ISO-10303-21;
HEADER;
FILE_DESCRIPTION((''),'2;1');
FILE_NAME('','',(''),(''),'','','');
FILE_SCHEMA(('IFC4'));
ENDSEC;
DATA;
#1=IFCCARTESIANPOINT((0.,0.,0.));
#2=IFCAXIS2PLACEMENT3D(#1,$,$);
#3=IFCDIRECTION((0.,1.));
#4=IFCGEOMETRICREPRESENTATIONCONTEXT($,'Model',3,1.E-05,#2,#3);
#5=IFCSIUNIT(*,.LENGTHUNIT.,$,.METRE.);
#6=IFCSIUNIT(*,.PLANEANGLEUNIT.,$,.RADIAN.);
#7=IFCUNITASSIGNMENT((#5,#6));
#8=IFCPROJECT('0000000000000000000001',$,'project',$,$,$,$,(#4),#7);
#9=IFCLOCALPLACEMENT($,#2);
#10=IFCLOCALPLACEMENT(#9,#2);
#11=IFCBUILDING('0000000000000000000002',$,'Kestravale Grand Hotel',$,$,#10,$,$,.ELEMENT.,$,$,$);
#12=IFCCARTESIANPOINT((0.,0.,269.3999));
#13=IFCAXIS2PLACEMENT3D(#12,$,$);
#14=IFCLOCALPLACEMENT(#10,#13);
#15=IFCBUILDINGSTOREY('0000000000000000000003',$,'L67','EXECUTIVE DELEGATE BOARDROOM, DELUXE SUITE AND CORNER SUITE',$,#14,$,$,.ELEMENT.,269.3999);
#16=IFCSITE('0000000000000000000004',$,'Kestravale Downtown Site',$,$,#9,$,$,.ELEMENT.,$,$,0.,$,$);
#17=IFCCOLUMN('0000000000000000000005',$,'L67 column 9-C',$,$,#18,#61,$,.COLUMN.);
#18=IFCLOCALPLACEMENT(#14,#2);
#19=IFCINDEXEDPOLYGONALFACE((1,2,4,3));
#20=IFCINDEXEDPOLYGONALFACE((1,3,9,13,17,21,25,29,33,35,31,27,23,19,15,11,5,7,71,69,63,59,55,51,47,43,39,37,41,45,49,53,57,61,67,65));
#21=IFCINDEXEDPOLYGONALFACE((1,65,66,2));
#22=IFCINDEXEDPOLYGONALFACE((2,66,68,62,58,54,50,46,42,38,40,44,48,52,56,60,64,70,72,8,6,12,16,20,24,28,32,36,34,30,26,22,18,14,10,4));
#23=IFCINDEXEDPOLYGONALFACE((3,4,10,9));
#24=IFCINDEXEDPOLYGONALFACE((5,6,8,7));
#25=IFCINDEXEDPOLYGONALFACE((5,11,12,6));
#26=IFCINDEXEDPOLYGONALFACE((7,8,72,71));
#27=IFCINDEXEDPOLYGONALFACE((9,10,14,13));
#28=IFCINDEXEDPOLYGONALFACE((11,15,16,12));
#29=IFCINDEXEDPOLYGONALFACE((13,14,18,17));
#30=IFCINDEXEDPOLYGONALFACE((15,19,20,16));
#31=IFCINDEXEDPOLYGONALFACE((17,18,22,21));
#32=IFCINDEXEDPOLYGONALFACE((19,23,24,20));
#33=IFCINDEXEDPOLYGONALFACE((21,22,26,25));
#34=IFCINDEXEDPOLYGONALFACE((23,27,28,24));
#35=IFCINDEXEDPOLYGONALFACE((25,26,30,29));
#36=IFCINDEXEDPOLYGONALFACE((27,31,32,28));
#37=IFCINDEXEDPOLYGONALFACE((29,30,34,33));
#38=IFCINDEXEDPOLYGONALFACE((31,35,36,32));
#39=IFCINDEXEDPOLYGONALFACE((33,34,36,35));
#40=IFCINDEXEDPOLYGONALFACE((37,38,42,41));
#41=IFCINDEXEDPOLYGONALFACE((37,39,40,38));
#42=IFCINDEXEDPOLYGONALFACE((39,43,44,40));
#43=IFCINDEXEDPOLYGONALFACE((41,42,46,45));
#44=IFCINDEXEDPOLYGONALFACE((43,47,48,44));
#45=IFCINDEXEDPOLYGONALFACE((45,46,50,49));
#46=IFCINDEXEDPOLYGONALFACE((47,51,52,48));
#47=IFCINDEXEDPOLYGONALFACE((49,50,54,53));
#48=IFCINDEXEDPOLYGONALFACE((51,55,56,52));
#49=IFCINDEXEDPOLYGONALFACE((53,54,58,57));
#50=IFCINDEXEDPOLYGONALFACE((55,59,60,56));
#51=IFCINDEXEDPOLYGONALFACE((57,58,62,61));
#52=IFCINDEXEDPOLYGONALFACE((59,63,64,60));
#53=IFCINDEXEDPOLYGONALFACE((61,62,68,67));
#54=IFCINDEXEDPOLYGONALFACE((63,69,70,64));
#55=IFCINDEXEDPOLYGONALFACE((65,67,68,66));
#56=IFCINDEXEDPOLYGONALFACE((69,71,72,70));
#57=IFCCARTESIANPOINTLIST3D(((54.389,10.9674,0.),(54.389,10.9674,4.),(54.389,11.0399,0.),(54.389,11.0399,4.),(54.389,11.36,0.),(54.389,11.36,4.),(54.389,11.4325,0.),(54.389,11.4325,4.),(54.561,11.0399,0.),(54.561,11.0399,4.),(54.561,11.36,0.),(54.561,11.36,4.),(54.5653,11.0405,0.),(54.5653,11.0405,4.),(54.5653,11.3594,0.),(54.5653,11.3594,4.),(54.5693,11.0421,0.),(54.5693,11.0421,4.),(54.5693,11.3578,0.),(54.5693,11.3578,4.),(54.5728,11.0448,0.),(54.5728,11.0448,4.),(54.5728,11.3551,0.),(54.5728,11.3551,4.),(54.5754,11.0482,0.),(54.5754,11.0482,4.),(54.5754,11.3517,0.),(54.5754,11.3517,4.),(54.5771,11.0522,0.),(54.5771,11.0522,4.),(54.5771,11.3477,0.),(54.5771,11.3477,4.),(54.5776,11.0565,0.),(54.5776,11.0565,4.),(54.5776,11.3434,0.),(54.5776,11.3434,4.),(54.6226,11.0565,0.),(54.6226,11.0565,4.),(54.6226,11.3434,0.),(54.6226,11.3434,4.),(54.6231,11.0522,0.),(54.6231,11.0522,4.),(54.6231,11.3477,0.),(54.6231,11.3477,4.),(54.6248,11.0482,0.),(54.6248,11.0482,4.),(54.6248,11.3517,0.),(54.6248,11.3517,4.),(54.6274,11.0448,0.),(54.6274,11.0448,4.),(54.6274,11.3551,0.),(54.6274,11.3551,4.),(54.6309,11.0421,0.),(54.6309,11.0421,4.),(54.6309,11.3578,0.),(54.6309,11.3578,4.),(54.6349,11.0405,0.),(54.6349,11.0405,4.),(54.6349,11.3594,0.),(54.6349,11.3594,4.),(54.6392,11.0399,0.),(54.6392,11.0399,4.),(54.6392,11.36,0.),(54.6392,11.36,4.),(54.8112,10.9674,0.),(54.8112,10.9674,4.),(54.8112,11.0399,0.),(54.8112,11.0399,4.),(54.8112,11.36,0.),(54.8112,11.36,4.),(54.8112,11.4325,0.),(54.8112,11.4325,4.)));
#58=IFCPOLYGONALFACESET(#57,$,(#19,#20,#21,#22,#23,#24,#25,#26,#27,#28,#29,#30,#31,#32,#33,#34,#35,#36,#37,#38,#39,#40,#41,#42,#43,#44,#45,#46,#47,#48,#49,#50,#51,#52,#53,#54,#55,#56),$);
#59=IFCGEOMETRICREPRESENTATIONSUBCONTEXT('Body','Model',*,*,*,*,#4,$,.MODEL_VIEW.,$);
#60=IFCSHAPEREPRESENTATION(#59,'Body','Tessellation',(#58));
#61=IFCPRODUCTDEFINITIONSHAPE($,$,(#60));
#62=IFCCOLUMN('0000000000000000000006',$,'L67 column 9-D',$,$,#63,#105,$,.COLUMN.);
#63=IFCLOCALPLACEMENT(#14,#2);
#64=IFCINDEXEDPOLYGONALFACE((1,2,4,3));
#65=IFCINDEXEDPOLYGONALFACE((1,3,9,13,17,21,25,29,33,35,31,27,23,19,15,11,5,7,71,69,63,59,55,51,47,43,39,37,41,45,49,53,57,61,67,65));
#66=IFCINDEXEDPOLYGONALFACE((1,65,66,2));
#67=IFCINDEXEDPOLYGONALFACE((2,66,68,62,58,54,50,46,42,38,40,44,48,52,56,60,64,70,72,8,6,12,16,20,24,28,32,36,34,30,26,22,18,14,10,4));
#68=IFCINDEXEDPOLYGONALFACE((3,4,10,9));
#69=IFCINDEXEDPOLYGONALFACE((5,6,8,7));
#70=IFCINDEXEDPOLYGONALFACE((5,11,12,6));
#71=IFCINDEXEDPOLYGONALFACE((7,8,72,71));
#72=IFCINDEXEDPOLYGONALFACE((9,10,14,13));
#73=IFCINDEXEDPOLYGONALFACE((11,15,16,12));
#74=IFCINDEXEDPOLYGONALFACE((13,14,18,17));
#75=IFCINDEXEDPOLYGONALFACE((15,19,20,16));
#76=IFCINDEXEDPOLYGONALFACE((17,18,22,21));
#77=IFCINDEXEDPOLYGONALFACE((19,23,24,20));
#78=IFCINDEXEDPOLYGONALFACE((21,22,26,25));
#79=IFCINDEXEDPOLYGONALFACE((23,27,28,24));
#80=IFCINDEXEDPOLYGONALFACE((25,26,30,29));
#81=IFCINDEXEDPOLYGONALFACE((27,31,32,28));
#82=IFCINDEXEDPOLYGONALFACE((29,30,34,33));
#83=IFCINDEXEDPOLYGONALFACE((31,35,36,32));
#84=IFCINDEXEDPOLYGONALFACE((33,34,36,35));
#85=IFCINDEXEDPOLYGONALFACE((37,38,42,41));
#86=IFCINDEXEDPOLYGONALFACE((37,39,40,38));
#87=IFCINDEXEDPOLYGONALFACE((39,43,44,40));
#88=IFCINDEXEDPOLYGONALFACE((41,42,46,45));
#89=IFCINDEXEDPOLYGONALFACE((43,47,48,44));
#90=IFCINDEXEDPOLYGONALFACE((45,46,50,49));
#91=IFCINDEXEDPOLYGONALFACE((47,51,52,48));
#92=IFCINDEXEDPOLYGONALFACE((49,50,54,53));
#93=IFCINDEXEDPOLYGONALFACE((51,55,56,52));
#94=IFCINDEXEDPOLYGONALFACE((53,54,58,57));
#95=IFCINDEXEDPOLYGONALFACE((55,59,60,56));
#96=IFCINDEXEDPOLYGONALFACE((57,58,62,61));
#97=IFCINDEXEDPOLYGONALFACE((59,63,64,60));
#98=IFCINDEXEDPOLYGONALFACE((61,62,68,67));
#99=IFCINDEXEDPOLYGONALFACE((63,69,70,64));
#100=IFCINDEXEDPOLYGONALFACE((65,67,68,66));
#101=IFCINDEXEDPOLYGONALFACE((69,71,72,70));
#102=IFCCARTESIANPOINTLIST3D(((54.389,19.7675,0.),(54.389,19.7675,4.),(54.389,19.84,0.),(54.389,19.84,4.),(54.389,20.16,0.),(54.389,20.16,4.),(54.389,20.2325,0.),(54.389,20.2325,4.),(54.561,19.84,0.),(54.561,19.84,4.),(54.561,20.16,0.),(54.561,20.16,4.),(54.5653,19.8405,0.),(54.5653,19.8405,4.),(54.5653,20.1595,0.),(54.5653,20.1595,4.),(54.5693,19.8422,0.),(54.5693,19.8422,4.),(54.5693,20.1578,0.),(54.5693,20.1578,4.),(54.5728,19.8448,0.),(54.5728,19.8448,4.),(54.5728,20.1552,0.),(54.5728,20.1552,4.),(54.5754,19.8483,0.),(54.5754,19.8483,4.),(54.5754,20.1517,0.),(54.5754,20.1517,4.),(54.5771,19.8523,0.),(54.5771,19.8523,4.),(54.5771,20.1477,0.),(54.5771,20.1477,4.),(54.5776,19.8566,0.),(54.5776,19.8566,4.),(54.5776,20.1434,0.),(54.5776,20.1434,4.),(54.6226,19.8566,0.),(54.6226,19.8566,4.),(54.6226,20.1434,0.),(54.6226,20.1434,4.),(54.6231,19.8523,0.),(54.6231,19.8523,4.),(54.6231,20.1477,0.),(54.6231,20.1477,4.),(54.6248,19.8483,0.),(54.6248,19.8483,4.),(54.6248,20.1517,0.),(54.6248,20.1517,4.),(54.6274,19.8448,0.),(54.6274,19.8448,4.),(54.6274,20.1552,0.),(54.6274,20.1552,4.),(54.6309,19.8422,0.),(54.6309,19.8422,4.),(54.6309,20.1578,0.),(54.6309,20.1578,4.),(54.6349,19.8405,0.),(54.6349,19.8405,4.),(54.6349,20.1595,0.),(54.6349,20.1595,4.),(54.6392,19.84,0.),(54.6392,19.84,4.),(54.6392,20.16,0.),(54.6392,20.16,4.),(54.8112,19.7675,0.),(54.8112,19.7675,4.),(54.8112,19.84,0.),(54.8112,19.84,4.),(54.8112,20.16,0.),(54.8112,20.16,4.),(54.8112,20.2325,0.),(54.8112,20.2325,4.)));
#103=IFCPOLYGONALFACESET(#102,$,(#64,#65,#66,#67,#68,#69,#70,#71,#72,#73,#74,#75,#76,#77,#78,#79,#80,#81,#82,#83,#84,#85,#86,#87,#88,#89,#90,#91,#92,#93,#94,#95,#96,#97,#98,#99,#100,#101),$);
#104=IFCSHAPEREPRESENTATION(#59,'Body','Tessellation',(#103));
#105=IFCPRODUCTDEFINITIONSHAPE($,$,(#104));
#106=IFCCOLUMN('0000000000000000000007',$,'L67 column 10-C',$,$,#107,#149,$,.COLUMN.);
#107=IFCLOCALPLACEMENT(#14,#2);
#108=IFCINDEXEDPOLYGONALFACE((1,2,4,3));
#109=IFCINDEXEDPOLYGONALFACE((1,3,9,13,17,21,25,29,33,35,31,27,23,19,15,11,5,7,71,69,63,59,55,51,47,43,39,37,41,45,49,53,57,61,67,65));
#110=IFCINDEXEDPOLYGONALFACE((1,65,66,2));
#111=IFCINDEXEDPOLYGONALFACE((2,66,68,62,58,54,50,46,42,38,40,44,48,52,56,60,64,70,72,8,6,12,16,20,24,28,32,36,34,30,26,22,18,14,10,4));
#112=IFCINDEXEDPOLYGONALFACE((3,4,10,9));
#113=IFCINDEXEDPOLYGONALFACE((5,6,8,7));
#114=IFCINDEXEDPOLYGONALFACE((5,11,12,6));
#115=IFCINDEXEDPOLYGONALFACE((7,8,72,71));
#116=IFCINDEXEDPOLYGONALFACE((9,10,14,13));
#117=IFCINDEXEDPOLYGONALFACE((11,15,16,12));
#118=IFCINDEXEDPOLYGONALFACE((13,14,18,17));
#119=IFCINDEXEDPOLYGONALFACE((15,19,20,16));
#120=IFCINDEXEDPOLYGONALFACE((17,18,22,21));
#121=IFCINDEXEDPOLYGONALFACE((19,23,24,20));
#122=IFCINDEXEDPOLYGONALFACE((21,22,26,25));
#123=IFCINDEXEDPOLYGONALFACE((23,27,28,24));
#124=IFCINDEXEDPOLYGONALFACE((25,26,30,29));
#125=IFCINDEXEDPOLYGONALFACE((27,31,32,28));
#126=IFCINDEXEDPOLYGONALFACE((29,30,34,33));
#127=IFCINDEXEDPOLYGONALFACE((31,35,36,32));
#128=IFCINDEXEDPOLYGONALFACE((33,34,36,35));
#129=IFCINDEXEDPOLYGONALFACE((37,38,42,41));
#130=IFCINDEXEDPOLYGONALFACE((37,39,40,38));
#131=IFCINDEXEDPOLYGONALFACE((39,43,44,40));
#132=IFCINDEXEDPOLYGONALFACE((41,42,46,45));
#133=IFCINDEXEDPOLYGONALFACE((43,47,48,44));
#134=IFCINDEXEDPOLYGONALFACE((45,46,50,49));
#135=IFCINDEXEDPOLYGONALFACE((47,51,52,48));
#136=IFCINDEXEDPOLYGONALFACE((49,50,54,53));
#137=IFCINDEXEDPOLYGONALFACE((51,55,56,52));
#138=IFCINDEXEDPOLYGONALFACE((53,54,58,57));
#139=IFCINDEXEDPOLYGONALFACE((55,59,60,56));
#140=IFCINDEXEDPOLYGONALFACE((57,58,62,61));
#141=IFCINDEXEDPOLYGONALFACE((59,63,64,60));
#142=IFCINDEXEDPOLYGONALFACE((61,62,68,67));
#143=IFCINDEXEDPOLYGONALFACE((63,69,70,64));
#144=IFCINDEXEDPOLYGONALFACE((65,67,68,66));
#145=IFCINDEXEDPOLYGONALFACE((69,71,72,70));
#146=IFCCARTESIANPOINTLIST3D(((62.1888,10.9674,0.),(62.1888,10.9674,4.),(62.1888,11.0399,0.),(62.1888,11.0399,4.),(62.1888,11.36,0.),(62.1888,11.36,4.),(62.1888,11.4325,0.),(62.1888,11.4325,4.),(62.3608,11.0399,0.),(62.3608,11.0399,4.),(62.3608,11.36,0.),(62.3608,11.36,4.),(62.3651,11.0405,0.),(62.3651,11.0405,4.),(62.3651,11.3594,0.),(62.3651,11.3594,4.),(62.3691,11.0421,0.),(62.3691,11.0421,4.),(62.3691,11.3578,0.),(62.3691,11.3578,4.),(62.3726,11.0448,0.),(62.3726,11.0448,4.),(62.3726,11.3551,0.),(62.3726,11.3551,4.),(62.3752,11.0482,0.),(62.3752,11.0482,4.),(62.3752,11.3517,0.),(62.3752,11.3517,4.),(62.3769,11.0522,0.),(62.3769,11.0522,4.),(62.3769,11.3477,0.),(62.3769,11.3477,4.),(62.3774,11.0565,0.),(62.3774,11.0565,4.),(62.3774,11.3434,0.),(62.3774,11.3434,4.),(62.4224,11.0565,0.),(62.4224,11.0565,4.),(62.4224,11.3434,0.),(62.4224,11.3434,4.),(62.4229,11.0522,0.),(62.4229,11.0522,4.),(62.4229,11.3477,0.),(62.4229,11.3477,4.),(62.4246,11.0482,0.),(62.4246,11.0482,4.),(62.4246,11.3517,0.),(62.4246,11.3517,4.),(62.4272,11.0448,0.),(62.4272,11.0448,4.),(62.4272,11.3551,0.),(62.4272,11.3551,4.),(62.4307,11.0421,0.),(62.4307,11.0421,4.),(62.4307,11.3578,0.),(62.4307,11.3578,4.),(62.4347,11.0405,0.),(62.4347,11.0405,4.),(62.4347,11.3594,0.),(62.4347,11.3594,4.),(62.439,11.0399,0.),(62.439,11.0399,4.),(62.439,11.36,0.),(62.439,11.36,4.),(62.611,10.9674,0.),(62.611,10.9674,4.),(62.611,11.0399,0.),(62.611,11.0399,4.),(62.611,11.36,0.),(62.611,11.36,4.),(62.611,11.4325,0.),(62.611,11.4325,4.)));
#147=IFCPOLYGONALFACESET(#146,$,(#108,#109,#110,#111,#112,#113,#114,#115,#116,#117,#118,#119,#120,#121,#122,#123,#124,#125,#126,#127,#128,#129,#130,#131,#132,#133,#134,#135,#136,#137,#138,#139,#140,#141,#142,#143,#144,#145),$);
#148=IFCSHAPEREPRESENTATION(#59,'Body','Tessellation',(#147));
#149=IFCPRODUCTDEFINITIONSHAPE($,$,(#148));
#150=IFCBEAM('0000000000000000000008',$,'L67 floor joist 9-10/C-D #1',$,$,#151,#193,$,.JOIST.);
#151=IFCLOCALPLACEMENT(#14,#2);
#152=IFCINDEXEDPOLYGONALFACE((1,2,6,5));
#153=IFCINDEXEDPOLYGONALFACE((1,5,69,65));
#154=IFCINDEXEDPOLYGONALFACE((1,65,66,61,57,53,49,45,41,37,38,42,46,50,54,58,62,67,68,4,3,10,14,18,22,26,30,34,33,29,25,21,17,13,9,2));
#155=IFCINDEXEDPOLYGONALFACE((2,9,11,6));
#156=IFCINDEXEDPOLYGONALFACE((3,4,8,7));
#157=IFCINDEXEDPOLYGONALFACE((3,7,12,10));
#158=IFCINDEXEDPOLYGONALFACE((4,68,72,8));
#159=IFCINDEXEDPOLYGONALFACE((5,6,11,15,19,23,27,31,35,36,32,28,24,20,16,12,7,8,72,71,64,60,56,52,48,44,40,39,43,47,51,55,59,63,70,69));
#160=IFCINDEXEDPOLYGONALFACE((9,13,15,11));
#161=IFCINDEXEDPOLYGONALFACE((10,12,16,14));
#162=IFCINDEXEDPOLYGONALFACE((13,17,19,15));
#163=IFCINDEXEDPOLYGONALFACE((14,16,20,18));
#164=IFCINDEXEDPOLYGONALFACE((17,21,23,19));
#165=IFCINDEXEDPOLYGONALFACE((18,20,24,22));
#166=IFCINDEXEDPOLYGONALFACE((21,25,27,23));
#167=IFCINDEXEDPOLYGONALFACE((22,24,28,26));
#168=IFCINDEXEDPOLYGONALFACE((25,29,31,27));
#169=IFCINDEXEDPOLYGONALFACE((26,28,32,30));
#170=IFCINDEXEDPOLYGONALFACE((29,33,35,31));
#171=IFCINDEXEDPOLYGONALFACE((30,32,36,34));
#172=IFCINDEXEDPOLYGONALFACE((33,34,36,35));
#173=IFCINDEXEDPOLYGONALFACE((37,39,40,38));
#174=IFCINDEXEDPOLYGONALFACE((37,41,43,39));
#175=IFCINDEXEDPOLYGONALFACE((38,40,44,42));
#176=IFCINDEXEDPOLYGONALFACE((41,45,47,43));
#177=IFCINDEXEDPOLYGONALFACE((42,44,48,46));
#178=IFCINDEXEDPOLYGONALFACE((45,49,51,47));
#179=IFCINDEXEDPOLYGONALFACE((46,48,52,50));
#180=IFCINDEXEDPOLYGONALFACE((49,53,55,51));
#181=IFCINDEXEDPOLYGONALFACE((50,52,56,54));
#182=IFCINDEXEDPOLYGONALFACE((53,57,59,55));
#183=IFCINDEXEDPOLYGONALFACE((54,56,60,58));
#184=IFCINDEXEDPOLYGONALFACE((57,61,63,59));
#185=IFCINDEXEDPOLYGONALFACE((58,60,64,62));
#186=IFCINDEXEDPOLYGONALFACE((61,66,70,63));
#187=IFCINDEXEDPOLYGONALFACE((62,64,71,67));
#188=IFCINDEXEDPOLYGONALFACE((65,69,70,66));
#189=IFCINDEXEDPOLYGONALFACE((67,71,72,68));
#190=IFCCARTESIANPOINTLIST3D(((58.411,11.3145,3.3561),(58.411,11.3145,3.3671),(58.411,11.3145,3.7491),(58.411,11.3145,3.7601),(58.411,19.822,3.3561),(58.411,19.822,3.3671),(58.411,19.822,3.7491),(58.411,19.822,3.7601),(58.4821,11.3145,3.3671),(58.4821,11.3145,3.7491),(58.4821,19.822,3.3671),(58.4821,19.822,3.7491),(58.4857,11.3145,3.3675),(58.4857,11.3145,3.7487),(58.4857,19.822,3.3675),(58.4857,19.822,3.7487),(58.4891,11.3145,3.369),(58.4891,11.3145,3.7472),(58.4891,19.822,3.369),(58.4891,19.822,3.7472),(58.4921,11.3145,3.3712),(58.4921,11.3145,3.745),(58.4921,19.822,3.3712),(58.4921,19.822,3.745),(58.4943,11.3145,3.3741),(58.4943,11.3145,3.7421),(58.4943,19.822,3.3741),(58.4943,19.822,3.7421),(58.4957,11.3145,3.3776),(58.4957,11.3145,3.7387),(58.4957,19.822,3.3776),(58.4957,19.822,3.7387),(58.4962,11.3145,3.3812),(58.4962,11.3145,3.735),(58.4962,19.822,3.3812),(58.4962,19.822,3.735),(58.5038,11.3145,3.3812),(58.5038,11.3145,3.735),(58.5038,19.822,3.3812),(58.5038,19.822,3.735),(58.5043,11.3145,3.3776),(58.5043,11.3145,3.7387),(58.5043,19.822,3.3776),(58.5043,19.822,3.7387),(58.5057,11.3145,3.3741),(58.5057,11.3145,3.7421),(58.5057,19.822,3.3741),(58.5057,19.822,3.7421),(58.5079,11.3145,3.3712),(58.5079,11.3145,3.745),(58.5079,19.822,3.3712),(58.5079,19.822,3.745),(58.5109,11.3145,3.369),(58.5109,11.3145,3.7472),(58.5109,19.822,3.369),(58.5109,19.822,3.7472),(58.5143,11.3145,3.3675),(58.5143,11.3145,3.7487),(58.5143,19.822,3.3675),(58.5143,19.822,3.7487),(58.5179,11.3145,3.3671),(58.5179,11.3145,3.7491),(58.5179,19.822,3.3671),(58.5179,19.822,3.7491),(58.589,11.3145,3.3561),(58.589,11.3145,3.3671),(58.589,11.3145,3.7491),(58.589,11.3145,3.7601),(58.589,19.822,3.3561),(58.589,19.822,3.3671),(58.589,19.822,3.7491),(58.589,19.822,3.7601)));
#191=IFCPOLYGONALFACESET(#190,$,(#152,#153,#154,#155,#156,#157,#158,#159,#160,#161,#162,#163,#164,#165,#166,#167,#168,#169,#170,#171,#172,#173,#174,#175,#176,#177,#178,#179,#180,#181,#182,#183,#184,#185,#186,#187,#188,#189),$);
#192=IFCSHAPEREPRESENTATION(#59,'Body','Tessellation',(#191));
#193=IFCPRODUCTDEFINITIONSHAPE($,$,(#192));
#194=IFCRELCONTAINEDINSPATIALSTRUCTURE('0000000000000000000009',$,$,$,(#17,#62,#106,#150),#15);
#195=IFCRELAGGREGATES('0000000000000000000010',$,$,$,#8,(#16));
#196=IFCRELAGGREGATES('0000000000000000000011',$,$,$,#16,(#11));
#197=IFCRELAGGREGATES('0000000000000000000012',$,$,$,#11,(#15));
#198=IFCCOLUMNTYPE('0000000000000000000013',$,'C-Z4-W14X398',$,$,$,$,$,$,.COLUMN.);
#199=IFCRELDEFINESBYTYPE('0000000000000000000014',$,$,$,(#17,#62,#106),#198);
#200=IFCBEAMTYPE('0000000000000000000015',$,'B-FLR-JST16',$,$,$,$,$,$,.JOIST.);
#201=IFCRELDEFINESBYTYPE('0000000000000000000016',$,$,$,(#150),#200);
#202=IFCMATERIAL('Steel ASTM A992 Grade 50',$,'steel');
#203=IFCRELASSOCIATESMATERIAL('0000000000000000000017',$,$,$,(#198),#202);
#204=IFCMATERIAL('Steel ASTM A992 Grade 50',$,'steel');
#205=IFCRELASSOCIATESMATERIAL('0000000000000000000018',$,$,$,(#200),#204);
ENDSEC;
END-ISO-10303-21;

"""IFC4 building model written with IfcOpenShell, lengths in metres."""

from ifc_helpers import new_model, si_unit, direction, frame, origin, origin_2d, place, context, subcontext, project, spatial, i_section, extrude, material, material_profile, profile_set, type_object, element, save


model = new_model("IFC4")

# Units and contexts
model_context = context("Model", 3, precision=1e-05, world=origin(), true_north=direction((0.0, 1.0)))
body_context = subcontext(model_context, "Body", "Model", "MODEL_VIEW")
ifc_project = project(units=[si_unit("LENGTHUNIT", "METRE"), si_unit("PLANEANGLEUNIT", "RADIAN")], contexts=[model_context])

# Site, building, storey
site_placement = place(None, origin())
site = spatial("IfcSite", under=ifc_project, at=site_placement, Name="Kestravale Downtown Site", CompositionType="ELEMENT", RefElevation=0.0)
building_placement = place(site_placement, origin())
building = spatial("IfcBuilding", under=site, at=building_placement, Name="Kestravale Grand Hotel", CompositionType="ELEMENT")
storey_placement = place(building_placement, frame((0.0, 0.0, 269.3999)))
storey = spatial("IfcBuildingStorey", under=building, at=storey_placement, Name="L67", Description="EXECUTIVE DELEGATE BOARDROOM, DELUXE SUITE AND CORNER SUITE", CompositionType="ELEMENT", Elevation=269.3999)

# Columns
ifc_material_1 = material(Name="Steel ASTM A992 Grade 50", Category="steel")
ifc_material_profile_1 = material_profile(ifc_material_1, i_section(OverallWidth=0.4221, OverallDepth=0.4651, WebThickness=0.0449, FlangeThickness=0.0725, FilletRadius=0.0166, at=origin_2d()))
ifc_profile_set_1 = profile_set([ifc_material_profile_1], Name="Steel ASTM A992 Grade 50")
column_type = type_object("IfcColumnType", Name="C-Z4-W14X398", PredefinedType="COLUMN", material=ifc_profile_set_1)
for number, where, z_axis, x_axis, name in (
    (1, (54.6001, 11.2, 0.0), (0.0, 0.0, 1.0), (1.0, 0.0, 0.0), "L67 column 9-C"),
    (2, (54.6001, 20.0, 0.0), (0.0, 0.0, 1.0), (1.0, 0.0, 0.0), "L67 column 9-D"),
    (3, (62.3999, 11.2, 0.0), (0.0, 0.0, 1.0), (1.0, 0.0, 0.0), "L67 column 10-C"),
):
    element("IfcColumn", number, at=place(storey_placement, frame(where, z_axis=z_axis, x_axis=x_axis)), inside=storey, type_object=column_type, Name=name, PredefinedType="COLUMN", context=body_context, shape_type="SweptSolid", body=[
        extrude(i_section(OverallWidth=0.4221, OverallDepth=0.4651, WebThickness=0.0449, FlangeThickness=0.0725, FilletRadius=0.0166, at=origin_2d()), origin(), (0.0, 0.0, 1.0), 4.0),
    ])

# Beam
ifc_material_2 = material(Name="Steel ASTM A992 Grade 50", Category="steel")
ifc_material_profile_2 = material_profile(ifc_material_2, i_section(OverallWidth=0.178, OverallDepth=0.4041, WebThickness=0.0076, FlangeThickness=0.011, FilletRadius=0.0142, at=origin_2d()))
ifc_profile_set_2 = profile_set([ifc_material_profile_2], Name="Steel ASTM A992 Grade 50")
beam_type_1 = type_object("IfcBeamType", Name="B-FLR-JST16", PredefinedType="JOIST", material=ifc_profile_set_2)
beam_1_placement = place(storey_placement, frame((58.5, 11.3145, 3.5581), z_axis=(0.0, 1.0, 0.0), x_axis=(-1.0, 0.0, 0.0)))
element("IfcBeam", 4, at=beam_1_placement, inside=storey, type_object=beam_type_1, Name="L67 floor joist 9-10/C-D #1", PredefinedType="JOIST", context=body_context, shape_type="SweptSolid", body=[
    extrude(i_section(OverallWidth=0.178, OverallDepth=0.4041, WebThickness=0.0076, FlangeThickness=0.011, FilletRadius=0.0142, at=origin_2d()), origin(), (0.0, 0.0, 1.0), 8.5076),
])

save(model, "model.ifc")
